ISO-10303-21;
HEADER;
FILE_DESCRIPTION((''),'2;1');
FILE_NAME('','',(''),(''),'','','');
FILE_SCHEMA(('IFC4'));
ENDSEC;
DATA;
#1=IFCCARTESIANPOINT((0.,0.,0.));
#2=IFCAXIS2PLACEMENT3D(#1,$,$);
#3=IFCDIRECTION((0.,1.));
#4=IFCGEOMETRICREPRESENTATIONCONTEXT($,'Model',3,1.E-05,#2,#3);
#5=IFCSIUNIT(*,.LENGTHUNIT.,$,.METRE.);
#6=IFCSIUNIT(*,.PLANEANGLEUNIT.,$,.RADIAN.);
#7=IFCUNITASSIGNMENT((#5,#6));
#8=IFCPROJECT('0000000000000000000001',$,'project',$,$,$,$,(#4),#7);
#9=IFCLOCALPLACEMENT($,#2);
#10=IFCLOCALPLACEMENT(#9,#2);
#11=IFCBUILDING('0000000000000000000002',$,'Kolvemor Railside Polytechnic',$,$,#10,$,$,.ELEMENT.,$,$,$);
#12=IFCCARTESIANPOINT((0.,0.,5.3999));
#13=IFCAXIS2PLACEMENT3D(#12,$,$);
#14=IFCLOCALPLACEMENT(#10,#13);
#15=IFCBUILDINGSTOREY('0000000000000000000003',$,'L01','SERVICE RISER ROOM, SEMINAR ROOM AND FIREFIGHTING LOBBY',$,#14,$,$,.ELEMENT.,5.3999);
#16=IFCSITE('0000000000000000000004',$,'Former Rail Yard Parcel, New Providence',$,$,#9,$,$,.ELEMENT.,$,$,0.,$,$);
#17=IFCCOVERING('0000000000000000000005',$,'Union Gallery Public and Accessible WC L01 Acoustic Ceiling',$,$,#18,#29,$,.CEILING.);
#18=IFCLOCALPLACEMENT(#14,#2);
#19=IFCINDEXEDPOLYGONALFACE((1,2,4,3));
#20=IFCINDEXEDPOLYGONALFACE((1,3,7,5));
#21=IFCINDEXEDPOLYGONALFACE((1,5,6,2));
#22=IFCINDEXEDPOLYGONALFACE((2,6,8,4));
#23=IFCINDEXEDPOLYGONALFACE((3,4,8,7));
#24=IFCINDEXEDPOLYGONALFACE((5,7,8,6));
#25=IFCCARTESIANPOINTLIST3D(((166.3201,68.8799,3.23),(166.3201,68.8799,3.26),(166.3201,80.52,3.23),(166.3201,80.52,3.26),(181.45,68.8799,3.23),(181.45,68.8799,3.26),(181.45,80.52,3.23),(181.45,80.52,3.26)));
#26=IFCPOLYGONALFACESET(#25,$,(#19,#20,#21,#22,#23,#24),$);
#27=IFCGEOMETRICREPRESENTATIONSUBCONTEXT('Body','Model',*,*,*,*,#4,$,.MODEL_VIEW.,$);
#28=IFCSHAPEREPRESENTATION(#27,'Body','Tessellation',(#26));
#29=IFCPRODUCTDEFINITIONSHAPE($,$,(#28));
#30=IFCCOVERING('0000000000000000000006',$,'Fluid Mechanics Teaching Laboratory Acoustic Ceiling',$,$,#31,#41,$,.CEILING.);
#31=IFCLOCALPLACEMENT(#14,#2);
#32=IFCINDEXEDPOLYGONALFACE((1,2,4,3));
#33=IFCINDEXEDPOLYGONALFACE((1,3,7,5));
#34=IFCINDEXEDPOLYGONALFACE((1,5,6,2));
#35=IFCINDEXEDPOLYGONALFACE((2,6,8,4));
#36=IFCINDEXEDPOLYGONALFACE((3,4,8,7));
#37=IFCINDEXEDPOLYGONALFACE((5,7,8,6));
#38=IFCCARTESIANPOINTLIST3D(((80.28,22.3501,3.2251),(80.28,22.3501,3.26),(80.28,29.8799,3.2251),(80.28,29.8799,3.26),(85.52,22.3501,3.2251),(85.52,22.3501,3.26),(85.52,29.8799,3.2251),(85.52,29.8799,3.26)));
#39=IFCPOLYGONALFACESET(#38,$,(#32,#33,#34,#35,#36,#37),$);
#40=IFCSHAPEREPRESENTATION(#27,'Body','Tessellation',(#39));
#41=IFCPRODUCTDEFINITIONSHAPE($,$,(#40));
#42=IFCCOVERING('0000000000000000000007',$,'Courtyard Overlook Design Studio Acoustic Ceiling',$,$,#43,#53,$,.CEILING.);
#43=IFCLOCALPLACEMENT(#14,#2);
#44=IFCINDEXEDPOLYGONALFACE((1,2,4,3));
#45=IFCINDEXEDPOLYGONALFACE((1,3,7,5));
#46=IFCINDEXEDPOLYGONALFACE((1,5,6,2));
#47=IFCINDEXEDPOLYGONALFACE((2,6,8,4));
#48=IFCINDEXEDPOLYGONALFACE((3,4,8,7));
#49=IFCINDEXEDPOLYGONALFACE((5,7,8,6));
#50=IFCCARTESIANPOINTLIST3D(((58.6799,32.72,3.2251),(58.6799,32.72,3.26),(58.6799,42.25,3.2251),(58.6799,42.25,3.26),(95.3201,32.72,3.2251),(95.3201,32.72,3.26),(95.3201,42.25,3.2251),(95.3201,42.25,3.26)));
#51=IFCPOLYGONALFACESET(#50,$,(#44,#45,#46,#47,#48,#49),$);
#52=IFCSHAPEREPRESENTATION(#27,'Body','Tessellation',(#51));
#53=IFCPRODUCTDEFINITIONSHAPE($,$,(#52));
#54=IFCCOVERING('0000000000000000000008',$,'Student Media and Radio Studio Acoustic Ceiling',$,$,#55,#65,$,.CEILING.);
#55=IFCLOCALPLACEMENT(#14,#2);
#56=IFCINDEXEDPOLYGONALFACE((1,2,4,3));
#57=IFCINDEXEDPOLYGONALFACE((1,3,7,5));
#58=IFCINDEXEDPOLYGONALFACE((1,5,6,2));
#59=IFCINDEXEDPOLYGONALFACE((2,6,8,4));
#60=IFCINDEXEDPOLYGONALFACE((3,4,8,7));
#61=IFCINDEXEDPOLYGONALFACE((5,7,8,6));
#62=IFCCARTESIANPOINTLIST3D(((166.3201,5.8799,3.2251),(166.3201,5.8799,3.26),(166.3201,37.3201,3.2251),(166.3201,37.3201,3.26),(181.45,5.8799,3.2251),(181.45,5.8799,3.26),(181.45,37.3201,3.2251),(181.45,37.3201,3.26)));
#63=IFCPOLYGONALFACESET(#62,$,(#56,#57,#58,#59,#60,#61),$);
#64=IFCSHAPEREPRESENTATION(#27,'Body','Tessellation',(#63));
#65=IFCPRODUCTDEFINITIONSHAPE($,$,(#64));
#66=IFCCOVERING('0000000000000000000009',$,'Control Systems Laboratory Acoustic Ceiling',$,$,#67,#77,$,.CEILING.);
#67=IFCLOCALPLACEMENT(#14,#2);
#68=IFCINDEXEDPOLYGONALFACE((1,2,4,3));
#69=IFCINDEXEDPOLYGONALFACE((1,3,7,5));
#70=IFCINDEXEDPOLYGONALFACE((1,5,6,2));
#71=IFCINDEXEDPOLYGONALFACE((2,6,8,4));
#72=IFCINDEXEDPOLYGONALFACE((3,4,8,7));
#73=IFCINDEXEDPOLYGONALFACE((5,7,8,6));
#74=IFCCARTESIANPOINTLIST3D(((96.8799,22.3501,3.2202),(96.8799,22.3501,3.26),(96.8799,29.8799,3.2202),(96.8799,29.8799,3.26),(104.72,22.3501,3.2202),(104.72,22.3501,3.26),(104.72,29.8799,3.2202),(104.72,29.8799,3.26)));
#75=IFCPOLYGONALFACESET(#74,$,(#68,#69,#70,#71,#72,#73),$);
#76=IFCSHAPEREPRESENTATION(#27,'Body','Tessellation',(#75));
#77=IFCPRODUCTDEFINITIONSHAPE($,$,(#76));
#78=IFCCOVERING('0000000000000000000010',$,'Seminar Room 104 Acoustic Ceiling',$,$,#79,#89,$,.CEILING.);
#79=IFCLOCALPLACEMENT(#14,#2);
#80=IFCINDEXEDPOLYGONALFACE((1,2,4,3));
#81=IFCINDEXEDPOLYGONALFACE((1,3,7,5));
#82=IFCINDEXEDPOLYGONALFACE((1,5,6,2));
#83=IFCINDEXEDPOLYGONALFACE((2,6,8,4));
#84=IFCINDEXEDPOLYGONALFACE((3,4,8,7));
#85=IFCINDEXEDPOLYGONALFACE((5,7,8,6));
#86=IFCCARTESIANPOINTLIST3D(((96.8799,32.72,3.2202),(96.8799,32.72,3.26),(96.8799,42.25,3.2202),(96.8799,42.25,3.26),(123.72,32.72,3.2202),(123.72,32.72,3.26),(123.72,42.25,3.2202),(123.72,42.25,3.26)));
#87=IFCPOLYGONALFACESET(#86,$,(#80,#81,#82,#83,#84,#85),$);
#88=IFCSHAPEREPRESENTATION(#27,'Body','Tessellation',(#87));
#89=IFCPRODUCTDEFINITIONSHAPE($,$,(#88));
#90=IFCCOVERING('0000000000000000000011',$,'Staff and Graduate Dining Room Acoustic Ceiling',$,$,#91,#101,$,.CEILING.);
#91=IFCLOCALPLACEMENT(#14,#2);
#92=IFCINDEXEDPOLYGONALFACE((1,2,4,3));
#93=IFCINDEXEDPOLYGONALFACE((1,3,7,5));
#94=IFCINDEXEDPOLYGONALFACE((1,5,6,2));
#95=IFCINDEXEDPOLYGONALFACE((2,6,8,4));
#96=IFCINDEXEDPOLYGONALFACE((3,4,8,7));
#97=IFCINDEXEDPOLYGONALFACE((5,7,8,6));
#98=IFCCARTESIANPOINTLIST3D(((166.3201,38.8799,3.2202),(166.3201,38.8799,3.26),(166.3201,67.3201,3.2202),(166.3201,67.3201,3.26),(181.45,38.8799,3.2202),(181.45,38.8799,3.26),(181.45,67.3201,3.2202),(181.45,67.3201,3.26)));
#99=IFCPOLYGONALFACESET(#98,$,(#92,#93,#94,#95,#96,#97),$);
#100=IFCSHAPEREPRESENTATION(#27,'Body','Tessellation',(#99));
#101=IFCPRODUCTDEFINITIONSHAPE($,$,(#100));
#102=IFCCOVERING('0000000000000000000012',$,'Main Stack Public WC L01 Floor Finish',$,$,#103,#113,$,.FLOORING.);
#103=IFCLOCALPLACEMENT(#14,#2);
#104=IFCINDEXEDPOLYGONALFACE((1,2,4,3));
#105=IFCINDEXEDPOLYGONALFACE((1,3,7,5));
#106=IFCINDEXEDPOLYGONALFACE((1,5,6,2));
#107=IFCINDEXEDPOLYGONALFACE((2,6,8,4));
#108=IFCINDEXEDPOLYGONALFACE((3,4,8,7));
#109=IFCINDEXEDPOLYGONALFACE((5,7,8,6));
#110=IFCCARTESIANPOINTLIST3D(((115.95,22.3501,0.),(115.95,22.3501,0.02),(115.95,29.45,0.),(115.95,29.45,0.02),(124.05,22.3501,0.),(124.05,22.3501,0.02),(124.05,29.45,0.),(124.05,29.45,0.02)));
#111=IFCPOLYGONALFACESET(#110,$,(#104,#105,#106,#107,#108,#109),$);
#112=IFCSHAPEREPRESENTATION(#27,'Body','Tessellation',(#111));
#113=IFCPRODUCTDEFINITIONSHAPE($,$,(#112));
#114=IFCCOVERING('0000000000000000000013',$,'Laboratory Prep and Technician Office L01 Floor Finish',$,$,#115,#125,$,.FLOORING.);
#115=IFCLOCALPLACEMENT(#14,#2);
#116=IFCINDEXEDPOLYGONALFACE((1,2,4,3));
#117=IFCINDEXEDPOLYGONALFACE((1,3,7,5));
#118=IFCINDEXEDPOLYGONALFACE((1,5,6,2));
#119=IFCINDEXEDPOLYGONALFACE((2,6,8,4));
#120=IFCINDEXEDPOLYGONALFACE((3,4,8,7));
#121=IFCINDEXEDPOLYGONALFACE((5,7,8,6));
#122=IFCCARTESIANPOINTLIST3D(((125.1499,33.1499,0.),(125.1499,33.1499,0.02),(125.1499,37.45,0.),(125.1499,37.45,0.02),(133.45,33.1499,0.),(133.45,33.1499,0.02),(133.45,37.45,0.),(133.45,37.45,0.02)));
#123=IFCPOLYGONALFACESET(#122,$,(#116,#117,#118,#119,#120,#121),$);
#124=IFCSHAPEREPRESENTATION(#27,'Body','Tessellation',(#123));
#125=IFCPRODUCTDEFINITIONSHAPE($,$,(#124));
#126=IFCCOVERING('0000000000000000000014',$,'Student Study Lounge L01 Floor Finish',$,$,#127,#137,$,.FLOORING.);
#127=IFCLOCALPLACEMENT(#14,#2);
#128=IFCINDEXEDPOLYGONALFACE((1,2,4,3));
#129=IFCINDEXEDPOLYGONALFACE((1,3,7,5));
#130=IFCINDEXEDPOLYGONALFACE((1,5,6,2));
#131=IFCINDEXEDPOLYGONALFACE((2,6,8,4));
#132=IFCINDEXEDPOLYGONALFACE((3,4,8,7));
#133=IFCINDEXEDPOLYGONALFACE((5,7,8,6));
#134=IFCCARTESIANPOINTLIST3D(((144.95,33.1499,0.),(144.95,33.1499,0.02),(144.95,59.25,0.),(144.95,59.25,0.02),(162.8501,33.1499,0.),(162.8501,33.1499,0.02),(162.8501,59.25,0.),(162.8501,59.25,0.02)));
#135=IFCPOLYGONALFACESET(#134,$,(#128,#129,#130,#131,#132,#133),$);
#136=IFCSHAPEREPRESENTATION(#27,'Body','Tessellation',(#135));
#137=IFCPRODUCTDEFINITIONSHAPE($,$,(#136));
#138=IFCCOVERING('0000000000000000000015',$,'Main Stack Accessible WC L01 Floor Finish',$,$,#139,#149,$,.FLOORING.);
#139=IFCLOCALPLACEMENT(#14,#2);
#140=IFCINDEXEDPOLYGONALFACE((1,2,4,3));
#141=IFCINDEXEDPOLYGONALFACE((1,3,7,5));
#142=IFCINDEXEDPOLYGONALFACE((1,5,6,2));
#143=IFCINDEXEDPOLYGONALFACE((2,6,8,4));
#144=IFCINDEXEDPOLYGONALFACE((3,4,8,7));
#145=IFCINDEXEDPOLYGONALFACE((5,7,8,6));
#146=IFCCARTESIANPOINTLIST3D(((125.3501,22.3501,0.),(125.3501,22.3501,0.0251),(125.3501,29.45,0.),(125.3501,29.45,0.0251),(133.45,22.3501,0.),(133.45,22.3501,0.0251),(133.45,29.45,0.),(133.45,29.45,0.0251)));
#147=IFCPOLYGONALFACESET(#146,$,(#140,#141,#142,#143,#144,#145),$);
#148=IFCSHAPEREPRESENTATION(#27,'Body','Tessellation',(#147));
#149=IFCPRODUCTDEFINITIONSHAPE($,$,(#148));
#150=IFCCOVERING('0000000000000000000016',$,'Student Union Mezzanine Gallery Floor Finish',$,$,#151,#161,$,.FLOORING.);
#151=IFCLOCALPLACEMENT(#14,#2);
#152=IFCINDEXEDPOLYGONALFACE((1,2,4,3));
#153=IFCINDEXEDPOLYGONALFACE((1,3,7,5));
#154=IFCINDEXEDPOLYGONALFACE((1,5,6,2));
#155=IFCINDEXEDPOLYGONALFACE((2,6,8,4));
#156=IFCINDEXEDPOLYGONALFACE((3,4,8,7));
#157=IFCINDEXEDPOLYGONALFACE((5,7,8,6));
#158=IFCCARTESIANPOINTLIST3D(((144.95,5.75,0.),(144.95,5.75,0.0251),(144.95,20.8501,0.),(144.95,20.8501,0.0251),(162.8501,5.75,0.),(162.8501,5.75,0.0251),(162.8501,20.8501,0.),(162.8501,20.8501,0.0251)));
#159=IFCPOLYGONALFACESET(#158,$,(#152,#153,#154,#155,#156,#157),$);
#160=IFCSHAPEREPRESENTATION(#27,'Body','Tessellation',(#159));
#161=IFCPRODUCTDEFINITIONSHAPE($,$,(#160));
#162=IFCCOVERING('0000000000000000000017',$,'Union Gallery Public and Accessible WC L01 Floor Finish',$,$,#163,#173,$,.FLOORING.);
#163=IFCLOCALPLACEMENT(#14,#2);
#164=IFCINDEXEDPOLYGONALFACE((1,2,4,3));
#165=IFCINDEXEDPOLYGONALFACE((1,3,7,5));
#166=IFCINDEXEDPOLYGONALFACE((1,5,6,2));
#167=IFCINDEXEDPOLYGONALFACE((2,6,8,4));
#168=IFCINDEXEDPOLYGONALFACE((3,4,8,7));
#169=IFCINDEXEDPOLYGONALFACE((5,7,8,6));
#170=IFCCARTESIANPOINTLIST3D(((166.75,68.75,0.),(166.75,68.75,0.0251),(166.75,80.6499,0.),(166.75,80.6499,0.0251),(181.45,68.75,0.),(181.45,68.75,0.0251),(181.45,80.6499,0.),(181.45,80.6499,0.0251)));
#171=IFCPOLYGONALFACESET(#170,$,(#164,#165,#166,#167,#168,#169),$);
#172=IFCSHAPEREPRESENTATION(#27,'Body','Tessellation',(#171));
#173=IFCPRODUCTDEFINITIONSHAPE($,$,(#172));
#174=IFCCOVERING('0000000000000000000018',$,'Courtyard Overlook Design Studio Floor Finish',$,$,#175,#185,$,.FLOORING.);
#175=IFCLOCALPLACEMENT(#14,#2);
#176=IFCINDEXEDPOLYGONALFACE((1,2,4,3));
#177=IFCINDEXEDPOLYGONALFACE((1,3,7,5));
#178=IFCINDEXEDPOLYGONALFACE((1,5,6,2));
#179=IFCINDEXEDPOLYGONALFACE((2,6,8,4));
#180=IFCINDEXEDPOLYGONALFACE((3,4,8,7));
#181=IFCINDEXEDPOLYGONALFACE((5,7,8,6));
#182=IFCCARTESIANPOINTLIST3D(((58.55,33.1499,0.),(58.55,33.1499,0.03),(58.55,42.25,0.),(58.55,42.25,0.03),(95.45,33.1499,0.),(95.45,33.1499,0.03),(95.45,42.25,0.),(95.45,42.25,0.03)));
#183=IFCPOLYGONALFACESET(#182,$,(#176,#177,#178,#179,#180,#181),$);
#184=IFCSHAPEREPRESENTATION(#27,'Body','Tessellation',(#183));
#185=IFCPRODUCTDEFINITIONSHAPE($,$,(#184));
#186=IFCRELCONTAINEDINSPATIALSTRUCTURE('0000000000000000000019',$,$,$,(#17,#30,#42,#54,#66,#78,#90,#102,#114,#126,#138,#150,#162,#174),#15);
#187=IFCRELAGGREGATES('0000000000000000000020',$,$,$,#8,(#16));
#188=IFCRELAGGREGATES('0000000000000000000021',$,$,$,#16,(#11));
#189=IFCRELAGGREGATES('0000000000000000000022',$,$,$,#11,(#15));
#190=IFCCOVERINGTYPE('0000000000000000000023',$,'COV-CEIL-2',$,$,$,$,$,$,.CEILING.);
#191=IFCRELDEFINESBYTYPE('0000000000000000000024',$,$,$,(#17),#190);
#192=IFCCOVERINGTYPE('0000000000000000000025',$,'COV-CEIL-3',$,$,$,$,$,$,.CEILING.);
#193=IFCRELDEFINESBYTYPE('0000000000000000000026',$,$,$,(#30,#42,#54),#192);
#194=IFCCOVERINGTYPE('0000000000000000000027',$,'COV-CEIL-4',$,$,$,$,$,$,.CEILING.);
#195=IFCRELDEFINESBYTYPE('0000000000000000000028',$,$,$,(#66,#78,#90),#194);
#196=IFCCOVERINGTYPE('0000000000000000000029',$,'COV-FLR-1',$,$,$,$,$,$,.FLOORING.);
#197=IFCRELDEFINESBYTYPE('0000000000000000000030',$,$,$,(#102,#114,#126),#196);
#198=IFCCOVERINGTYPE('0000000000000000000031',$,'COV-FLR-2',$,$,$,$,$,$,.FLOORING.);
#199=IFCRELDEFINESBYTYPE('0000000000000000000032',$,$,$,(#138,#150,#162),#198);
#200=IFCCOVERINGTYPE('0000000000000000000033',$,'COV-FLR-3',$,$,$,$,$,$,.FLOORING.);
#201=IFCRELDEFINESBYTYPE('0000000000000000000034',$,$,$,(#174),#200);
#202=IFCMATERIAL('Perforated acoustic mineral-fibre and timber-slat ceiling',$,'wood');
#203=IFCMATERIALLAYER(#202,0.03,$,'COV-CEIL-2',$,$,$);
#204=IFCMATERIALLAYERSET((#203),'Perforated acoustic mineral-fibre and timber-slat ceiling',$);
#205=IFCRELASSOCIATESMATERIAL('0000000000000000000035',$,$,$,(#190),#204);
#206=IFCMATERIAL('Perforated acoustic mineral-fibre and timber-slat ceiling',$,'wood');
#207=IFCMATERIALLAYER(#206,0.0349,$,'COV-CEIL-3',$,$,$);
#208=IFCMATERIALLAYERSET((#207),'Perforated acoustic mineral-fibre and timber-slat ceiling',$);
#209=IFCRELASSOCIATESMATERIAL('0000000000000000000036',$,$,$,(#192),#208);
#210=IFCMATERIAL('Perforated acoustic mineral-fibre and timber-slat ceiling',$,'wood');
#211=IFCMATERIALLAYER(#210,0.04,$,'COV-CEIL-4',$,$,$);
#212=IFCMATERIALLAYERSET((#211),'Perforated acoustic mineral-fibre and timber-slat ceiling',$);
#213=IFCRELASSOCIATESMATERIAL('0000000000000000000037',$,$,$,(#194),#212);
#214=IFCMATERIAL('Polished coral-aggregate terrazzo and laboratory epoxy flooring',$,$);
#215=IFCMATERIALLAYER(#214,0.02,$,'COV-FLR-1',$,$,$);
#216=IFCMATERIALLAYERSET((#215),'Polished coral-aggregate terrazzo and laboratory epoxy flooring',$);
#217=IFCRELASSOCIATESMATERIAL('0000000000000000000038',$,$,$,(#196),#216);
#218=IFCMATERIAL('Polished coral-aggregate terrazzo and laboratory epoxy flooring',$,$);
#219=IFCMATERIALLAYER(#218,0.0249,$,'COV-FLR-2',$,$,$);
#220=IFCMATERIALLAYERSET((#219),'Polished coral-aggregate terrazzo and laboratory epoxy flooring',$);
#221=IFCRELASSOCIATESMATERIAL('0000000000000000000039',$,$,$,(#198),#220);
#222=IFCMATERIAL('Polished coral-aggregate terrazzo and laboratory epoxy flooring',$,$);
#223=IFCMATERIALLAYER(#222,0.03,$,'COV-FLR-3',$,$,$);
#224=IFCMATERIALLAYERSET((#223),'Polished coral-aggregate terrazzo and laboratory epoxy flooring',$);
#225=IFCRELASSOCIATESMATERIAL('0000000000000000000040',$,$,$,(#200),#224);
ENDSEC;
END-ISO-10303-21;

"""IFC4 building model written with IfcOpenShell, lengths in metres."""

from ifc_helpers import new_model, si_unit, direction, frame, origin, place, context, subcontext, project, spatial, polyline, outline, extrude, material, layer, layer_set, type_object, element, save


model = new_model("IFC4")

# Units and contexts
model_context = context("Model", 3, precision=1e-05, world=origin(), true_north=direction((0.0, 1.0)))
body_context = subcontext(model_context, "Body", "Model", "MODEL_VIEW")
ifc_project = project(units=[si_unit("LENGTHUNIT", "METRE"), si_unit("PLANEANGLEUNIT", "RADIAN")], contexts=[model_context])

# Site, building, storey
site_placement = place(None, origin())
site = spatial("IfcSite", under=ifc_project, at=site_placement, Name="Former Rail Yard Parcel, New Providence", CompositionType="ELEMENT", RefElevation=0.0)
building_placement = place(site_placement, origin())
building = spatial("IfcBuilding", under=site, at=building_placement, Name="Kolvemor Railside Polytechnic", CompositionType="ELEMENT")
storey_placement = place(building_placement, frame((0.0, 0.0, 5.3999)))
storey = spatial("IfcBuildingStorey", under=building, at=storey_placement, Name="L01", Description="SERVICE RISER ROOM, SEMINAR ROOM AND FIREFIGHTING LOBBY", CompositionType="ELEMENT", Elevation=5.3999)

# Coverings
ifc_material_1 = material(Name="Perforated acoustic mineral-fibre and timber-slat ceiling", Category="wood")
ifc_layer_1 = layer(ifc_material_1, 0.03, Name="COV-CEIL-2")
ifc_layer_set_1 = layer_set([ifc_layer_1], Name="Perforated acoustic mineral-fibre and timber-slat ceiling")
covering_type_1 = type_object("IfcCoveringType", Name="COV-CEIL-2", PredefinedType="CEILING", material=ifc_layer_set_1)
covering_1_placement = place(storey_placement, frame((0.0, 0.0, 3.23)))
element("IfcCovering", 1, at=covering_1_placement, inside=storey, type_object=covering_type_1, Name="Union Gallery Public and Accessible WC L01 Acoustic Ceiling", PredefinedType="CEILING", context=body_context, shape_type="SweptSolid", body=[
    extrude(outline(polyline([(166.3201, 68.8799), (181.45, 68.8799), (181.45, 80.52), (166.3201, 80.52), (166.3201, 68.8799)])), origin(), (0.0, 0.0, 1.0), 0.03),
])
ifc_material_2 = material(Name="Perforated acoustic mineral-fibre and timber-slat ceiling", Category="wood")
ifc_layer_2 = layer(ifc_material_2, 0.0349, Name="COV-CEIL-3")
ifc_layer_set_2 = layer_set([ifc_layer_2], Name="Perforated acoustic mineral-fibre and timber-slat ceiling")
covering_type_2 = type_object("IfcCoveringType", Name="COV-CEIL-3", PredefinedType="CEILING", material=ifc_layer_set_2)
covering_2_placement = place(storey_placement, frame((0.0, 0.0, 3.2251)))
element("IfcCovering", 2, at=covering_2_placement, inside=storey, type_object=covering_type_2, Name="Fluid Mechanics Teaching Laboratory Acoustic Ceiling", PredefinedType="CEILING", context=body_context, shape_type="SweptSolid", body=[
    extrude(outline(polyline([(80.28, 22.3501), (85.52, 22.3501), (85.52, 29.8799), (80.28, 29.8799), (80.28, 22.3501)])), origin(), (0.0, 0.0, 1.0), 0.0349),
])
covering_3_placement = place(storey_placement, frame((0.0, 0.0, 3.2251)))
element("IfcCovering", 3, at=covering_3_placement, inside=storey, type_object=covering_type_2, Name="Courtyard Overlook Design Studio Acoustic Ceiling", PredefinedType="CEILING", context=body_context, shape_type="SweptSolid", body=[
    extrude(outline(polyline([(58.6799, 32.72), (95.3201, 32.72), (95.3201, 42.25), (58.6799, 42.25), (58.6799, 32.72)])), origin(), (0.0, 0.0, 1.0), 0.0349),
])
covering_4_placement = place(storey_placement, frame((0.0, 0.0, 3.2251)))
element("IfcCovering", 4, at=covering_4_placement, inside=storey, type_object=covering_type_2, Name="Student Media and Radio Studio Acoustic Ceiling", PredefinedType="CEILING", context=body_context, shape_type="SweptSolid", body=[
    extrude(outline(polyline([(166.3201, 5.8799), (181.45, 5.8799), (181.45, 37.3201), (166.3201, 37.3201), (166.3201, 5.8799)])), origin(), (0.0, 0.0, 1.0), 0.0349),
])
ifc_material_3 = material(Name="Perforated acoustic mineral-fibre and timber-slat ceiling", Category="wood")
ifc_layer_3 = layer(ifc_material_3, 0.04, Name="COV-CEIL-4")
ifc_layer_set_3 = layer_set([ifc_layer_3], Name="Perforated acoustic mineral-fibre and timber-slat ceiling")
covering_type_3 = type_object("IfcCoveringType", Name="COV-CEIL-4", PredefinedType="CEILING", material=ifc_layer_set_3)
covering_5_placement = place(storey_placement, frame((0.0, 0.0, 3.2202)))
element("IfcCovering", 5, at=covering_5_placement, inside=storey, type_object=covering_type_3, Name="Control Systems Laboratory Acoustic Ceiling", PredefinedType="CEILING", context=body_context, shape_type="SweptSolid", body=[
    extrude(outline(polyline([(96.8799, 22.3501), (104.72, 22.3501), (104.72, 29.8799), (96.8799, 29.8799), (96.8799, 22.3501)])), origin(), (0.0, 0.0, 1.0), 0.0398),
])
covering_6_placement = place(storey_placement, frame((0.0, 0.0, 3.2202)))
element("IfcCovering", 6, at=covering_6_placement, inside=storey, type_object=covering_type_3, Name="Seminar Room 104 Acoustic Ceiling", PredefinedType="CEILING", context=body_context, shape_type="SweptSolid", body=[
    extrude(outline(polyline([(96.8799, 32.72), (123.72, 32.72), (123.72, 42.25), (96.8799, 42.25), (96.8799, 32.72)])), origin(), (0.0, 0.0, 1.0), 0.0398),
])
covering_7_placement = place(storey_placement, frame((0.0, 0.0, 3.2202)))
element("IfcCovering", 7, at=covering_7_placement, inside=storey, type_object=covering_type_3, Name="Staff and Graduate Dining Room Acoustic Ceiling", PredefinedType="CEILING", context=body_context, shape_type="SweptSolid", body=[
    extrude(outline(polyline([(166.3201, 38.8799), (181.45, 38.8799), (181.45, 67.3201), (166.3201, 67.3201), (166.3201, 38.8799)])), origin(), (0.0, 0.0, 1.0), 0.0398),
])
ifc_material_4 = material(Name="Polished coral-aggregate terrazzo and laboratory epoxy flooring")
ifc_layer_4 = layer(ifc_material_4, 0.02, Name="COV-FLR-1")
ifc_layer_set_4 = layer_set([ifc_layer_4], Name="Polished coral-aggregate terrazzo and laboratory epoxy flooring")
covering_type_4 = type_object("IfcCoveringType", Name="COV-FLR-1", PredefinedType="FLOORING", material=ifc_layer_set_4)
covering_8_placement = place(storey_placement, origin())
element("IfcCovering", 8, at=covering_8_placement, inside=storey, type_object=covering_type_4, Name="Main Stack Public WC L01 Floor Finish", PredefinedType="FLOORING", context=body_context, shape_type="SweptSolid", body=[
    extrude(outline(polyline([(115.95, 22.3501), (124.05, 22.3501), (124.05, 29.45), (115.95, 29.45), (115.95, 22.3501)])), origin(), (0.0, 0.0, 1.0), 0.02),
])
covering_9_placement = place(storey_placement, origin())
element("IfcCovering", 9, at=covering_9_placement, inside=storey, type_object=covering_type_4, Name="Laboratory Prep and Technician Office L01 Floor Finish", PredefinedType="FLOORING", context=body_context, shape_type="SweptSolid", body=[
    extrude(outline(polyline([(125.1499, 33.1499), (133.45, 33.1499), (133.45, 37.45), (125.1499, 37.45), (125.1499, 33.1499)])), origin(), (0.0, 0.0, 1.0), 0.02),
])
covering_10_placement = place(storey_placement, origin())
element("IfcCovering", 10, at=covering_10_placement, inside=storey, type_object=covering_type_4, Name="Student Study Lounge L01 Floor Finish", PredefinedType="FLOORING", context=body_context, shape_type="SweptSolid", body=[
    extrude(outline(polyline([(144.95, 33.1499), (162.8501, 33.1499), (162.8501, 59.25), (144.95, 59.25), (144.95, 33.1499)])), origin(), (0.0, 0.0, 1.0), 0.02),
])
ifc_material_5 = material(Name="Polished coral-aggregate terrazzo and laboratory epoxy flooring")
ifc_layer_5 = layer(ifc_material_5, 0.0249, Name="COV-FLR-2")
ifc_layer_set_5 = layer_set([ifc_layer_5], Name="Polished coral-aggregate terrazzo and laboratory epoxy flooring")
covering_type_5 = type_object("IfcCoveringType", Name="COV-FLR-2", PredefinedType="FLOORING", material=ifc_layer_set_5)
covering_11_placement = place(storey_placement, origin())
element("IfcCovering", 11, at=covering_11_placement, inside=storey, type_object=covering_type_5, Name="Main Stack Accessible WC L01 Floor Finish", PredefinedType="FLOORING", context=body_context, shape_type="SweptSolid", body=[
    extrude(outline(polyline([(125.3501, 22.3501), (133.45, 22.3501), (133.45, 29.45), (125.3501, 29.45), (125.3501, 22.3501)])), origin(), (0.0, 0.0, 1.0), 0.0251),
])
covering_12_placement = place(storey_placement, origin())
element("IfcCovering", 12, at=covering_12_placement, inside=storey, type_object=covering_type_5, Name="Student Union Mezzanine Gallery Floor Finish", PredefinedType="FLOORING", context=body_context, shape_type="SweptSolid", body=[
    extrude(outline(polyline([(144.95, 5.75), (162.8501, 5.75), (162.8501, 20.8501), (144.95, 20.8501), (144.95, 5.75)])), origin(), (0.0, 0.0, 1.0), 0.0251),
])
covering_13_placement = place(storey_placement, origin())
element("IfcCovering", 13, at=covering_13_placement, inside=storey, type_object=covering_type_5, Name="Union Gallery Public and Accessible WC L01 Floor Finish", PredefinedType="FLOORING", context=body_context, shape_type="SweptSolid", body=[
    extrude(outline(polyline([(166.75, 68.75), (181.45, 68.75), (181.45, 80.6499), (166.75, 80.6499), (166.75, 68.75)])), origin(), (0.0, 0.0, 1.0), 0.0251),
])
ifc_material_6 = material(Name="Polished coral-aggregate terrazzo and laboratory epoxy flooring")
ifc_layer_6 = layer(ifc_material_6, 0.03, Name="COV-FLR-3")
ifc_layer_set_6 = layer_set([ifc_layer_6], Name="Polished coral-aggregate terrazzo and laboratory epoxy flooring")
covering_type_6 = type_object("IfcCoveringType", Name="COV-FLR-3", PredefinedType="FLOORING", material=ifc_layer_set_6)
covering_14_placement = place(storey_placement, origin())
element("IfcCovering", 14, at=covering_14_placement, inside=storey, type_object=covering_type_6, Name="Courtyard Overlook Design Studio Floor Finish", PredefinedType="FLOORING", context=body_context, shape_type="SweptSolid", body=[
    extrude(outline(polyline([(58.55, 33.1499), (95.45, 33.1499), (95.45, 42.25), (58.55, 42.25), (58.55, 33.1499)])), origin(), (0.0, 0.0, 1.0), 0.03),
])

save(model, "model.ifc")
